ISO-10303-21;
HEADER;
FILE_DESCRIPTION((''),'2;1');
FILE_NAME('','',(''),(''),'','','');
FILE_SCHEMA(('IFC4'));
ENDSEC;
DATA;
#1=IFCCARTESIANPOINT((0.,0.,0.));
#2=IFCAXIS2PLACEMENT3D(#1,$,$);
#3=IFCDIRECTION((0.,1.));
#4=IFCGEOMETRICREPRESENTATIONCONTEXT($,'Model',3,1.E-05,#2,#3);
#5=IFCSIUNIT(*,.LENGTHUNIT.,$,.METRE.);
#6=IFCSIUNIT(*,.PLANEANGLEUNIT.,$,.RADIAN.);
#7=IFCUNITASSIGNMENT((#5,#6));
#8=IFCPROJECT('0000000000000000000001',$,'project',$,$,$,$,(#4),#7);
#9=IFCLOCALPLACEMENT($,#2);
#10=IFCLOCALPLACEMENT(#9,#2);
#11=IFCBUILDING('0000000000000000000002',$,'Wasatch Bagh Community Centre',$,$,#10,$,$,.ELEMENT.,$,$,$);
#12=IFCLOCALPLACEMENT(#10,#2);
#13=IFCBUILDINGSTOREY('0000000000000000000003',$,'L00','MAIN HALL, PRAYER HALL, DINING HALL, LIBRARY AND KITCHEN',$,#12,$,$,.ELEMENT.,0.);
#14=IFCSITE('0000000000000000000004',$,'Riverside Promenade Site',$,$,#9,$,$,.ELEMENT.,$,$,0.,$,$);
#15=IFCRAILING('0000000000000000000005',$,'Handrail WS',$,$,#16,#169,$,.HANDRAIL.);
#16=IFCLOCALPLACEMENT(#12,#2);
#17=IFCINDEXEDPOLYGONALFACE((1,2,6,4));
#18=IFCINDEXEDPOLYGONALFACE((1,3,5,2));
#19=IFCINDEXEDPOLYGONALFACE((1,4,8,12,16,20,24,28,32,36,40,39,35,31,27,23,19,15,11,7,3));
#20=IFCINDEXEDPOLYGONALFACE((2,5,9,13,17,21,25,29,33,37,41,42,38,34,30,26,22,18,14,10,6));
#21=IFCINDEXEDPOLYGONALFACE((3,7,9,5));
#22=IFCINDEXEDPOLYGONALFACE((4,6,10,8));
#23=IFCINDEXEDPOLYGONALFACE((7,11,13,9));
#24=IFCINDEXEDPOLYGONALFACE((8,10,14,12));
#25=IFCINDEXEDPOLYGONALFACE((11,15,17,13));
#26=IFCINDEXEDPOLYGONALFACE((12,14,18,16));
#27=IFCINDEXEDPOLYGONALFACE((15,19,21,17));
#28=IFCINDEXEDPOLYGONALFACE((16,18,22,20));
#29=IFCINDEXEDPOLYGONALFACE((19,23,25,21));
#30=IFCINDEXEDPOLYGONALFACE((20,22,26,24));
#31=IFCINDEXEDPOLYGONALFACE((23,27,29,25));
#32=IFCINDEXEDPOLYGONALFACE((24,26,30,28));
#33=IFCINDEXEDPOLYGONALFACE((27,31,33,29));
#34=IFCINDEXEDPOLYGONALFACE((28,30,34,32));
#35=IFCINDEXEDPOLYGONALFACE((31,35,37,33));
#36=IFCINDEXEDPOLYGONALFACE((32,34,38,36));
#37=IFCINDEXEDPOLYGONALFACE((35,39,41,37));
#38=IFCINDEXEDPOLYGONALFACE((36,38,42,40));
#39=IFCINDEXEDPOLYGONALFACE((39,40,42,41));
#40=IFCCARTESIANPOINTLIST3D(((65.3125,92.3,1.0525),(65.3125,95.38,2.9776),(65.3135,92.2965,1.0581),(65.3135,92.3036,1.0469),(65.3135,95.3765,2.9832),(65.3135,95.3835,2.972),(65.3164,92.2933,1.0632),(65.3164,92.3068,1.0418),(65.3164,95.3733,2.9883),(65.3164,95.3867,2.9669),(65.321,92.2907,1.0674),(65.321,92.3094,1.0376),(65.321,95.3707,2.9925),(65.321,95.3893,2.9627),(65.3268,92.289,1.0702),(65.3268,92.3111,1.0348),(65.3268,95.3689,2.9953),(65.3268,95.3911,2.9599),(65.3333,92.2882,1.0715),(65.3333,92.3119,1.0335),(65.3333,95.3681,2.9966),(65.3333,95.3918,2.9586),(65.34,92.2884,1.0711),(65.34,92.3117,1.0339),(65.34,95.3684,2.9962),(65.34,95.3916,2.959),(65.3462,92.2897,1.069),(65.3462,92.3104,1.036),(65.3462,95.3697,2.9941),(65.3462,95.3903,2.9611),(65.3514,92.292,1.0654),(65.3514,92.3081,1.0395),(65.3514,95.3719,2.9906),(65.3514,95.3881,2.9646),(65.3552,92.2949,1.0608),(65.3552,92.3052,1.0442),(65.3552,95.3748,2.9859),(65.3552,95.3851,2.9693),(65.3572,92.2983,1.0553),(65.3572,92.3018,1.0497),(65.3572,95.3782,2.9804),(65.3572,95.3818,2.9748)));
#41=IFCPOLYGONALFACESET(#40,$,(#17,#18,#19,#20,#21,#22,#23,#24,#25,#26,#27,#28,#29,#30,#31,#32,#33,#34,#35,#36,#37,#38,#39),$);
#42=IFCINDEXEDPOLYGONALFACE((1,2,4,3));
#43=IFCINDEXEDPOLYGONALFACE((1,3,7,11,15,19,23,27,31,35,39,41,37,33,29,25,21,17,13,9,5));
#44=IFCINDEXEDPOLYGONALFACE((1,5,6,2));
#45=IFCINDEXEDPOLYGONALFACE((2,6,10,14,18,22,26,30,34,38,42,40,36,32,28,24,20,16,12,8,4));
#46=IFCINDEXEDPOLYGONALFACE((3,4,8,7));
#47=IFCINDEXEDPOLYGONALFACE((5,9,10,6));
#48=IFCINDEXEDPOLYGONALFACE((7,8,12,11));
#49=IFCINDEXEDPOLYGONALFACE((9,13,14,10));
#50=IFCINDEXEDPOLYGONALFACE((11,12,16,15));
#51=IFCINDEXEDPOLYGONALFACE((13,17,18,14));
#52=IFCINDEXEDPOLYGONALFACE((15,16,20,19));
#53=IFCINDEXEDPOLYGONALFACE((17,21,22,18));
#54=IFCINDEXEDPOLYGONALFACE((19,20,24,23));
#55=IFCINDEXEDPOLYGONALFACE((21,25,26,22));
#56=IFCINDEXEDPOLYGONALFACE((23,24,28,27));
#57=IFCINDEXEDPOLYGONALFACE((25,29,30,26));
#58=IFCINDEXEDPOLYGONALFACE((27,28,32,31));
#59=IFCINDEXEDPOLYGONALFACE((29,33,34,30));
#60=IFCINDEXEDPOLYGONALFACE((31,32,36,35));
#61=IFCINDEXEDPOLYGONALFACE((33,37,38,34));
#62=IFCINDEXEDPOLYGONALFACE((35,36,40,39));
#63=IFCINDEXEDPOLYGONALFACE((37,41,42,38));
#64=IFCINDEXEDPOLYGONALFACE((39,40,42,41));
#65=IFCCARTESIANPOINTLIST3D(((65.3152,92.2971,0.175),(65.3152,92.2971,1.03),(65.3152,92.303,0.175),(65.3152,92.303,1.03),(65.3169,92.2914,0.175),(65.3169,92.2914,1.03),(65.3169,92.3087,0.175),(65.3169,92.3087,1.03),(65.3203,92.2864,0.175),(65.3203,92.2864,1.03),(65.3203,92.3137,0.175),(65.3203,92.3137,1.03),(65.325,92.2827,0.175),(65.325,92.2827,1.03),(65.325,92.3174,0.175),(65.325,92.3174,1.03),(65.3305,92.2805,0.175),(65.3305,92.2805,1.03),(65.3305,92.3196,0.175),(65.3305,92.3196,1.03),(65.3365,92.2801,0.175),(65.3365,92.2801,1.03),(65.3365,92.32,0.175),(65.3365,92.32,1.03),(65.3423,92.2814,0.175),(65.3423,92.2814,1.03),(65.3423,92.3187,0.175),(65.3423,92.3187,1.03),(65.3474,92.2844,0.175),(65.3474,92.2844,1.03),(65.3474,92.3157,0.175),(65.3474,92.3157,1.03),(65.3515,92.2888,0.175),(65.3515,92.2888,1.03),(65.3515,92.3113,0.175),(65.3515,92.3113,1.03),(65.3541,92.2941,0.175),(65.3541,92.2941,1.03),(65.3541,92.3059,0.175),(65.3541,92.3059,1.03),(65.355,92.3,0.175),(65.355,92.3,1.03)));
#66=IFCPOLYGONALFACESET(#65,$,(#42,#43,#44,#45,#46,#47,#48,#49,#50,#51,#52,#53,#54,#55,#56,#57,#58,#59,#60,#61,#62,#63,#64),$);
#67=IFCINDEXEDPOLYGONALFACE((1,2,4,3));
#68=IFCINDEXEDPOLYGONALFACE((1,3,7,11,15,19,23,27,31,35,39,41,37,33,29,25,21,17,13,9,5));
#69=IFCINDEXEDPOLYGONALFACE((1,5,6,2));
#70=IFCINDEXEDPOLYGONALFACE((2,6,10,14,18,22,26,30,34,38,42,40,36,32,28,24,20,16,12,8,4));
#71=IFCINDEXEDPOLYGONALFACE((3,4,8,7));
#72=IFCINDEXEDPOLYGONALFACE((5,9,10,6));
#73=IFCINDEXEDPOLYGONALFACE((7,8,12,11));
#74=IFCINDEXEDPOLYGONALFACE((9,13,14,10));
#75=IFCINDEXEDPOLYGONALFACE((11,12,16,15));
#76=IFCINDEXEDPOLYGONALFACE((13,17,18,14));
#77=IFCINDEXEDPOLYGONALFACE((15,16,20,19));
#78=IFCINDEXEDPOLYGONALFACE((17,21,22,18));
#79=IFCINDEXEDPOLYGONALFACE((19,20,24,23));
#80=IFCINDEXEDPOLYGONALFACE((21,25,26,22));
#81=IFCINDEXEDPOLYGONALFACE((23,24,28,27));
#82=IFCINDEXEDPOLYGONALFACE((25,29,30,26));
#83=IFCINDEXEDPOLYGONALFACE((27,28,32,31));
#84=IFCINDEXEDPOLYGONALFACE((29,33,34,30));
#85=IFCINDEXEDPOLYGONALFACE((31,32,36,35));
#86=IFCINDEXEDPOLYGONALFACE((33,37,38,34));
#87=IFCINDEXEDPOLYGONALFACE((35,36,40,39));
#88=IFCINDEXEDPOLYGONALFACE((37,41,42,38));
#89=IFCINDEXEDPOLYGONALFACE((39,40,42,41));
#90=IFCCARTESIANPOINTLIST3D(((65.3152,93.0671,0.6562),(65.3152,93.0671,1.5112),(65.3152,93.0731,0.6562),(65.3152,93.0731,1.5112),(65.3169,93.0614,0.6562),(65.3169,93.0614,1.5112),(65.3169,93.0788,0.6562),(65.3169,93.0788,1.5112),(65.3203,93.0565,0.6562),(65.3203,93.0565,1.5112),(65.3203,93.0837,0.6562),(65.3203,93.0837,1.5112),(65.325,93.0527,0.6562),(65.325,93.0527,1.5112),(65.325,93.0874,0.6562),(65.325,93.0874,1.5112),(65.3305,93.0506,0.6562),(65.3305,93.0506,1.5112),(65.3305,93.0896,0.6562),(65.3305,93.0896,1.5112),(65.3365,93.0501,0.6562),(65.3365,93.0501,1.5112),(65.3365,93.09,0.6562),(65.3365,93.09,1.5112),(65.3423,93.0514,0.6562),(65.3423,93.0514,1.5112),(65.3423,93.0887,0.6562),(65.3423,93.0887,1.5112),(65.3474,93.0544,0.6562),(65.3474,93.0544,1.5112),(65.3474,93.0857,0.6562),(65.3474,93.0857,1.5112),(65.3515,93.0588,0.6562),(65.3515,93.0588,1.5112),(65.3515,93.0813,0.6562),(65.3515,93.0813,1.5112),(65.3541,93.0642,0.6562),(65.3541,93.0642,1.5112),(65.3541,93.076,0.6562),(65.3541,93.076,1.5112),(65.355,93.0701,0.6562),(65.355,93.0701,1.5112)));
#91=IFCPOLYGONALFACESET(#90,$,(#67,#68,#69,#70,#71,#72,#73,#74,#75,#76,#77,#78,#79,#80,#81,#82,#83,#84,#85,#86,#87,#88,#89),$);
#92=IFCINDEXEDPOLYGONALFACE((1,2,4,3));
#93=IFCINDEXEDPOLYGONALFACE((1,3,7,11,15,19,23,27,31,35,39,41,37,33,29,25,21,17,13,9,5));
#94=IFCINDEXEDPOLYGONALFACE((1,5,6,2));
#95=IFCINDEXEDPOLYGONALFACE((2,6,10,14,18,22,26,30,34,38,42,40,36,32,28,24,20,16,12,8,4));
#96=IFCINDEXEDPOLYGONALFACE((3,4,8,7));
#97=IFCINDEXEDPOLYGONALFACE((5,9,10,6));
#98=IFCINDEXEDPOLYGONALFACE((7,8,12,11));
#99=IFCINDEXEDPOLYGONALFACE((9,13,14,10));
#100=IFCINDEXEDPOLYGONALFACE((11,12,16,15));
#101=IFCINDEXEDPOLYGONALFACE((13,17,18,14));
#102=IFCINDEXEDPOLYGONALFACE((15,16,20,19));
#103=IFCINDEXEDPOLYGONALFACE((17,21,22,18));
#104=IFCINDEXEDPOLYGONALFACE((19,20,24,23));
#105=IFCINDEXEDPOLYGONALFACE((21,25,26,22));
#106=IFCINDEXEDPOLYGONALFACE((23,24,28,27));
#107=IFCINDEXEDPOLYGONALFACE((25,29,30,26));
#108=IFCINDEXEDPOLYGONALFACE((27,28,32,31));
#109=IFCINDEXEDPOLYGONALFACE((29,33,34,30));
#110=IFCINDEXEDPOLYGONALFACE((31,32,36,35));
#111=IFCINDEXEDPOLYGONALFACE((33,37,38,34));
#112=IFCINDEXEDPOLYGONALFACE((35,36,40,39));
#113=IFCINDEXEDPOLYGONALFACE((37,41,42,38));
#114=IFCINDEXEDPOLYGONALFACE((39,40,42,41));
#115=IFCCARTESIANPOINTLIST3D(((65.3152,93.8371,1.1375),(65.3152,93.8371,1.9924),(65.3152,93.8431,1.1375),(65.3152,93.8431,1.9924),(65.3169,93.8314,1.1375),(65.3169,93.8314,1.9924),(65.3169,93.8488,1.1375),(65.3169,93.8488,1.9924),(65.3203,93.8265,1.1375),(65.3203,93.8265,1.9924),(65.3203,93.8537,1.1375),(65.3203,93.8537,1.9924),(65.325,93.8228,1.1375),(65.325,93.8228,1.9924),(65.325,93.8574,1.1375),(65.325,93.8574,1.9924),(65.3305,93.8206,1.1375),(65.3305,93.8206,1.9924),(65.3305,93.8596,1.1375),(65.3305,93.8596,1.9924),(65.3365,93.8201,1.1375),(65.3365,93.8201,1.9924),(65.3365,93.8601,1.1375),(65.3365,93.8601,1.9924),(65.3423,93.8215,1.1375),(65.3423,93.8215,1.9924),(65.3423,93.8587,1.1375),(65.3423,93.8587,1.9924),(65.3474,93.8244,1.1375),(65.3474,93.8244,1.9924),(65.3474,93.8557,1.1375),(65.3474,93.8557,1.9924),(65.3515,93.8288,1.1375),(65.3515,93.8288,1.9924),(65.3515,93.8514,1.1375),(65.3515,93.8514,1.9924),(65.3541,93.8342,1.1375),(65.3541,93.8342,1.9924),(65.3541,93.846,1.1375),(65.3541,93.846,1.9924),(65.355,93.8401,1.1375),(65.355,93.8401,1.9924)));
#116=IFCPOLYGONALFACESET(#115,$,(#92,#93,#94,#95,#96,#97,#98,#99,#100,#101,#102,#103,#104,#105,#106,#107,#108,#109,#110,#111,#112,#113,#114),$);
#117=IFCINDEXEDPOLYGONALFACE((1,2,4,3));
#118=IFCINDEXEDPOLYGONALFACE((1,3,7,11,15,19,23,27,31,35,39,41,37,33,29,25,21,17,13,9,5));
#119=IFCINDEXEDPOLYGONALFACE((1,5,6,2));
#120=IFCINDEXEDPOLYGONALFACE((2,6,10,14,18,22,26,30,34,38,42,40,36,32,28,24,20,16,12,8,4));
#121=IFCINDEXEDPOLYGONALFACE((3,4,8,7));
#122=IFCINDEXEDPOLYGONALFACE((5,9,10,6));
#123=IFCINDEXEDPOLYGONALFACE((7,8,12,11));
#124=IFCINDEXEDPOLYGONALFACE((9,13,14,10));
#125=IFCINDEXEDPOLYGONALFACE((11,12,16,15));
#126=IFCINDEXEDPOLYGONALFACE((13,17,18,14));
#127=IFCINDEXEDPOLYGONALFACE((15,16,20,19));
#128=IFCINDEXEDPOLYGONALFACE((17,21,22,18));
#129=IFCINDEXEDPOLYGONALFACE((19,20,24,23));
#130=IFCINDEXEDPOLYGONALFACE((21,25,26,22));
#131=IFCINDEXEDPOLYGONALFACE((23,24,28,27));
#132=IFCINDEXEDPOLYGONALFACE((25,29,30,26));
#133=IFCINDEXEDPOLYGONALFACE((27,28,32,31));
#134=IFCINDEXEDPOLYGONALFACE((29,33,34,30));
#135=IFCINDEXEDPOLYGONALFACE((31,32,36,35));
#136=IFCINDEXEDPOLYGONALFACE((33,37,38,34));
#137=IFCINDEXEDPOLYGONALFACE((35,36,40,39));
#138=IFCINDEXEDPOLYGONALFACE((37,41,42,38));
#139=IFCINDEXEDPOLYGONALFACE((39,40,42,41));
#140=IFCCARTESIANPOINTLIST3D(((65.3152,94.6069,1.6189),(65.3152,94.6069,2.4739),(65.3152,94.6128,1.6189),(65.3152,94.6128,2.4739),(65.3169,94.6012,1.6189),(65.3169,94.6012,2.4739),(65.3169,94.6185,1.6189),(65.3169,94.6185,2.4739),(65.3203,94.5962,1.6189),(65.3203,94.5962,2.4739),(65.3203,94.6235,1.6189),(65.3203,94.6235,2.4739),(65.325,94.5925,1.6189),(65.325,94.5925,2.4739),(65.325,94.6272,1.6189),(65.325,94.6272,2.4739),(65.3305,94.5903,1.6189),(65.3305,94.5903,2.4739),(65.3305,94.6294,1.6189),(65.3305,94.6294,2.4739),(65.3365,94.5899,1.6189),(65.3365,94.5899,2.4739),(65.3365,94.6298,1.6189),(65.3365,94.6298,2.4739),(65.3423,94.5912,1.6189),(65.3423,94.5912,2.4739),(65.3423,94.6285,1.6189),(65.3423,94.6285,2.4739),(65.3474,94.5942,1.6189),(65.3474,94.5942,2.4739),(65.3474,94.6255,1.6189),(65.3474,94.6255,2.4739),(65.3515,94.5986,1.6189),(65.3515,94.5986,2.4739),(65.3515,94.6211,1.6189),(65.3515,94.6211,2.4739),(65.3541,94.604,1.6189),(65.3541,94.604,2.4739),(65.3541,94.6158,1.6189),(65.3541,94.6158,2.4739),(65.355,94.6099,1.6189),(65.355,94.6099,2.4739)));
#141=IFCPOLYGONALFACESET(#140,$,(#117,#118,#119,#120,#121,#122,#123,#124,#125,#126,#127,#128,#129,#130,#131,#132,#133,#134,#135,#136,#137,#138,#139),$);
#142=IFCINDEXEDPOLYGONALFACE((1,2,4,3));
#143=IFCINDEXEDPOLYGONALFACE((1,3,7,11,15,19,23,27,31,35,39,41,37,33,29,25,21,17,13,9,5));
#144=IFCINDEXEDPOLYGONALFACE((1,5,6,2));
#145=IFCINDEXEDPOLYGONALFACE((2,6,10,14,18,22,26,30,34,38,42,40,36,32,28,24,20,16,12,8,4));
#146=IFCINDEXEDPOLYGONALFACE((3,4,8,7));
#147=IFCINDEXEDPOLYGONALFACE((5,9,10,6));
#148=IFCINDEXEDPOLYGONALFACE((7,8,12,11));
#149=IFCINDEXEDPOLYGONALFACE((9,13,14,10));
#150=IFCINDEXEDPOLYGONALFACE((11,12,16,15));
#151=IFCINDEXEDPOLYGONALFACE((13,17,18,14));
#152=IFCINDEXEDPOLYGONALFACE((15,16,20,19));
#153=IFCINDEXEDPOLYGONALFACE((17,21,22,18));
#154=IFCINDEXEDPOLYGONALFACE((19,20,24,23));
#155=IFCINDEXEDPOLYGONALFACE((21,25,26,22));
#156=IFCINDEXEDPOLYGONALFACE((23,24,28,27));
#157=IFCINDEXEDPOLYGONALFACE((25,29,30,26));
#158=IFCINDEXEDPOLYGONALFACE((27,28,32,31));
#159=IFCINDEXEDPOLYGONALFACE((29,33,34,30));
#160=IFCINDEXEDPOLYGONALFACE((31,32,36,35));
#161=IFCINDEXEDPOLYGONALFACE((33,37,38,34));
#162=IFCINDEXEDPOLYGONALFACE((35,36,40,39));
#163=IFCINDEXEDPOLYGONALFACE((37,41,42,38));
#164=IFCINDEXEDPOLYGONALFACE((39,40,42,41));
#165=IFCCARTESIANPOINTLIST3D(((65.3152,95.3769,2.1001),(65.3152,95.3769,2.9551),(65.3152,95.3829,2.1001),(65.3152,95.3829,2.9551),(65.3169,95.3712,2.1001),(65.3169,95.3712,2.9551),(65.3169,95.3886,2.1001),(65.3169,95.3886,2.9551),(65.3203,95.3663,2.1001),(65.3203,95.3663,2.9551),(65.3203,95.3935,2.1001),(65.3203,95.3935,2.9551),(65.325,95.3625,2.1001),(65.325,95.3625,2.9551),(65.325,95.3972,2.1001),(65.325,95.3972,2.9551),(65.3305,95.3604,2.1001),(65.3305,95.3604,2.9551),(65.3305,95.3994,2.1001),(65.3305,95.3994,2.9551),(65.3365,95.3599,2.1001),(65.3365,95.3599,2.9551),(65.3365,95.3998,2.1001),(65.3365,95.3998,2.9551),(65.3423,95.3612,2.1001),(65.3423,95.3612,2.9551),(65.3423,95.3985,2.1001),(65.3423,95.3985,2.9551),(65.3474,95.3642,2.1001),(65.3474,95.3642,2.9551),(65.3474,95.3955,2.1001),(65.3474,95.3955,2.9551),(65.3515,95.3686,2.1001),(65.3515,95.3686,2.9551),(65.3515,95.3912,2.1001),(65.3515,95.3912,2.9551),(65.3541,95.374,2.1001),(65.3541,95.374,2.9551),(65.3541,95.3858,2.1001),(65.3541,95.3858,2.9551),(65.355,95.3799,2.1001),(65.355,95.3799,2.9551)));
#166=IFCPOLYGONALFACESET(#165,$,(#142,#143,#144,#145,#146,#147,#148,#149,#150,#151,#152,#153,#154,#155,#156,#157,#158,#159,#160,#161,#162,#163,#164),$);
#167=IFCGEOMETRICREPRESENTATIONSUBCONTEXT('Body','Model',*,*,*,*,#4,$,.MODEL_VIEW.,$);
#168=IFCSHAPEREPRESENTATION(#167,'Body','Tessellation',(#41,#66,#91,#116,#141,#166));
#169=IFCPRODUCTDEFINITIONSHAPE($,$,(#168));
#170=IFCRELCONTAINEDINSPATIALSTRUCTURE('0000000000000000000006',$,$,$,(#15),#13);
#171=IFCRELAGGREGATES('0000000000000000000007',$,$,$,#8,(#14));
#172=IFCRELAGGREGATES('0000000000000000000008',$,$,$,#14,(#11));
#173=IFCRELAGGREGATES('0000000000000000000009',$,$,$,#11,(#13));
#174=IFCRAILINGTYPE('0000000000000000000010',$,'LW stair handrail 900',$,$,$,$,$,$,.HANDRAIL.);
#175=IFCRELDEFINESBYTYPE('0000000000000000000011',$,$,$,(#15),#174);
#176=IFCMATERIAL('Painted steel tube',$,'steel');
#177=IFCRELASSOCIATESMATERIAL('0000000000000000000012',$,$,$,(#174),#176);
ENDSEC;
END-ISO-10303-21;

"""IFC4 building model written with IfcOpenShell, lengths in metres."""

from ifc_helpers import new_model, si_unit, direction, frame, origin, origin_2d, place, context, subcontext, project, spatial, circle, extrude, material, type_object, element, save


model = new_model("IFC4")

# Units and contexts
model_context = context("Model", 3, precision=1e-05, world=origin(), true_north=direction((0.0, 1.0)))
body_context = subcontext(model_context, "Body", "Model", "MODEL_VIEW")
ifc_project = project(units=[si_unit("LENGTHUNIT", "METRE"), si_unit("PLANEANGLEUNIT", "RADIAN")], contexts=[model_context])

# Site, building, storey
site_placement = place(None, origin())
site = spatial("IfcSite", under=ifc_project, at=site_placement, Name="Riverside Promenade Site", CompositionType="ELEMENT", RefElevation=0.0)
building_placement = place(site_placement, origin())
building = spatial("IfcBuilding", under=site, at=building_placement, Name="Wasatch Bagh Community Centre", CompositionType="ELEMENT")
storey_placement = place(building_placement, origin())
storey = spatial("IfcBuildingStorey", under=building, at=storey_placement, Name="L00", Description="MAIN HALL, PRAYER HALL, DINING HALL, LIBRARY AND KITCHEN", CompositionType="ELEMENT", Elevation=0.0)

# Railing
ifc_material_1 = material(Name="Painted steel tube", Category="steel")
railing_type_1 = type_object("IfcRailingType", Name="LW stair handrail 900", PredefinedType="HANDRAIL", material=ifc_material_1)
for number, where, name in (
    (1, (65.335, 92.3, 0.175), "Handrail WS"),
):
    element("IfcRailing", number, at=place(storey_placement, frame(where)), inside=storey, type_object=railing_type_1, Name=name, PredefinedType="HANDRAIL", context=body_context, shape_type="SweptSolid", body=[
        extrude(circle(Radius=0.0225, at=origin_2d()), frame((0.0, 0.0, 0.8774), z_axis=(0.0, 0.847979, 0.530029), x_axis=(-1.0, 0.0, 0.0)), (0.0, 0.0, 1.0), 3.6321),
        extrude(circle(Radius=0.02, at=origin_2d()), origin(), (0.0, 0.0, 1.0), 0.855),
        extrude(circle(Radius=0.02, at=origin_2d()), frame((0.0, 0.77, 0.4812)), (0.0, 0.0, 1.0), 0.855),
        extrude(circle(Radius=0.02, at=origin_2d()), frame((0.0, 1.54, 0.9624)), (0.0, 0.0, 1.0), 0.855),
        extrude(circle(Radius=0.02, at=origin_2d()), frame((0.0, 2.3098, 1.4438)), (0.0, 0.0, 1.0), 0.855),
        extrude(circle(Radius=0.02, at=origin_2d()), frame((0.0, 3.0798, 1.925)), (0.0, 0.0, 1.0), 0.855),
    ])

save(model, "model.ifc")
